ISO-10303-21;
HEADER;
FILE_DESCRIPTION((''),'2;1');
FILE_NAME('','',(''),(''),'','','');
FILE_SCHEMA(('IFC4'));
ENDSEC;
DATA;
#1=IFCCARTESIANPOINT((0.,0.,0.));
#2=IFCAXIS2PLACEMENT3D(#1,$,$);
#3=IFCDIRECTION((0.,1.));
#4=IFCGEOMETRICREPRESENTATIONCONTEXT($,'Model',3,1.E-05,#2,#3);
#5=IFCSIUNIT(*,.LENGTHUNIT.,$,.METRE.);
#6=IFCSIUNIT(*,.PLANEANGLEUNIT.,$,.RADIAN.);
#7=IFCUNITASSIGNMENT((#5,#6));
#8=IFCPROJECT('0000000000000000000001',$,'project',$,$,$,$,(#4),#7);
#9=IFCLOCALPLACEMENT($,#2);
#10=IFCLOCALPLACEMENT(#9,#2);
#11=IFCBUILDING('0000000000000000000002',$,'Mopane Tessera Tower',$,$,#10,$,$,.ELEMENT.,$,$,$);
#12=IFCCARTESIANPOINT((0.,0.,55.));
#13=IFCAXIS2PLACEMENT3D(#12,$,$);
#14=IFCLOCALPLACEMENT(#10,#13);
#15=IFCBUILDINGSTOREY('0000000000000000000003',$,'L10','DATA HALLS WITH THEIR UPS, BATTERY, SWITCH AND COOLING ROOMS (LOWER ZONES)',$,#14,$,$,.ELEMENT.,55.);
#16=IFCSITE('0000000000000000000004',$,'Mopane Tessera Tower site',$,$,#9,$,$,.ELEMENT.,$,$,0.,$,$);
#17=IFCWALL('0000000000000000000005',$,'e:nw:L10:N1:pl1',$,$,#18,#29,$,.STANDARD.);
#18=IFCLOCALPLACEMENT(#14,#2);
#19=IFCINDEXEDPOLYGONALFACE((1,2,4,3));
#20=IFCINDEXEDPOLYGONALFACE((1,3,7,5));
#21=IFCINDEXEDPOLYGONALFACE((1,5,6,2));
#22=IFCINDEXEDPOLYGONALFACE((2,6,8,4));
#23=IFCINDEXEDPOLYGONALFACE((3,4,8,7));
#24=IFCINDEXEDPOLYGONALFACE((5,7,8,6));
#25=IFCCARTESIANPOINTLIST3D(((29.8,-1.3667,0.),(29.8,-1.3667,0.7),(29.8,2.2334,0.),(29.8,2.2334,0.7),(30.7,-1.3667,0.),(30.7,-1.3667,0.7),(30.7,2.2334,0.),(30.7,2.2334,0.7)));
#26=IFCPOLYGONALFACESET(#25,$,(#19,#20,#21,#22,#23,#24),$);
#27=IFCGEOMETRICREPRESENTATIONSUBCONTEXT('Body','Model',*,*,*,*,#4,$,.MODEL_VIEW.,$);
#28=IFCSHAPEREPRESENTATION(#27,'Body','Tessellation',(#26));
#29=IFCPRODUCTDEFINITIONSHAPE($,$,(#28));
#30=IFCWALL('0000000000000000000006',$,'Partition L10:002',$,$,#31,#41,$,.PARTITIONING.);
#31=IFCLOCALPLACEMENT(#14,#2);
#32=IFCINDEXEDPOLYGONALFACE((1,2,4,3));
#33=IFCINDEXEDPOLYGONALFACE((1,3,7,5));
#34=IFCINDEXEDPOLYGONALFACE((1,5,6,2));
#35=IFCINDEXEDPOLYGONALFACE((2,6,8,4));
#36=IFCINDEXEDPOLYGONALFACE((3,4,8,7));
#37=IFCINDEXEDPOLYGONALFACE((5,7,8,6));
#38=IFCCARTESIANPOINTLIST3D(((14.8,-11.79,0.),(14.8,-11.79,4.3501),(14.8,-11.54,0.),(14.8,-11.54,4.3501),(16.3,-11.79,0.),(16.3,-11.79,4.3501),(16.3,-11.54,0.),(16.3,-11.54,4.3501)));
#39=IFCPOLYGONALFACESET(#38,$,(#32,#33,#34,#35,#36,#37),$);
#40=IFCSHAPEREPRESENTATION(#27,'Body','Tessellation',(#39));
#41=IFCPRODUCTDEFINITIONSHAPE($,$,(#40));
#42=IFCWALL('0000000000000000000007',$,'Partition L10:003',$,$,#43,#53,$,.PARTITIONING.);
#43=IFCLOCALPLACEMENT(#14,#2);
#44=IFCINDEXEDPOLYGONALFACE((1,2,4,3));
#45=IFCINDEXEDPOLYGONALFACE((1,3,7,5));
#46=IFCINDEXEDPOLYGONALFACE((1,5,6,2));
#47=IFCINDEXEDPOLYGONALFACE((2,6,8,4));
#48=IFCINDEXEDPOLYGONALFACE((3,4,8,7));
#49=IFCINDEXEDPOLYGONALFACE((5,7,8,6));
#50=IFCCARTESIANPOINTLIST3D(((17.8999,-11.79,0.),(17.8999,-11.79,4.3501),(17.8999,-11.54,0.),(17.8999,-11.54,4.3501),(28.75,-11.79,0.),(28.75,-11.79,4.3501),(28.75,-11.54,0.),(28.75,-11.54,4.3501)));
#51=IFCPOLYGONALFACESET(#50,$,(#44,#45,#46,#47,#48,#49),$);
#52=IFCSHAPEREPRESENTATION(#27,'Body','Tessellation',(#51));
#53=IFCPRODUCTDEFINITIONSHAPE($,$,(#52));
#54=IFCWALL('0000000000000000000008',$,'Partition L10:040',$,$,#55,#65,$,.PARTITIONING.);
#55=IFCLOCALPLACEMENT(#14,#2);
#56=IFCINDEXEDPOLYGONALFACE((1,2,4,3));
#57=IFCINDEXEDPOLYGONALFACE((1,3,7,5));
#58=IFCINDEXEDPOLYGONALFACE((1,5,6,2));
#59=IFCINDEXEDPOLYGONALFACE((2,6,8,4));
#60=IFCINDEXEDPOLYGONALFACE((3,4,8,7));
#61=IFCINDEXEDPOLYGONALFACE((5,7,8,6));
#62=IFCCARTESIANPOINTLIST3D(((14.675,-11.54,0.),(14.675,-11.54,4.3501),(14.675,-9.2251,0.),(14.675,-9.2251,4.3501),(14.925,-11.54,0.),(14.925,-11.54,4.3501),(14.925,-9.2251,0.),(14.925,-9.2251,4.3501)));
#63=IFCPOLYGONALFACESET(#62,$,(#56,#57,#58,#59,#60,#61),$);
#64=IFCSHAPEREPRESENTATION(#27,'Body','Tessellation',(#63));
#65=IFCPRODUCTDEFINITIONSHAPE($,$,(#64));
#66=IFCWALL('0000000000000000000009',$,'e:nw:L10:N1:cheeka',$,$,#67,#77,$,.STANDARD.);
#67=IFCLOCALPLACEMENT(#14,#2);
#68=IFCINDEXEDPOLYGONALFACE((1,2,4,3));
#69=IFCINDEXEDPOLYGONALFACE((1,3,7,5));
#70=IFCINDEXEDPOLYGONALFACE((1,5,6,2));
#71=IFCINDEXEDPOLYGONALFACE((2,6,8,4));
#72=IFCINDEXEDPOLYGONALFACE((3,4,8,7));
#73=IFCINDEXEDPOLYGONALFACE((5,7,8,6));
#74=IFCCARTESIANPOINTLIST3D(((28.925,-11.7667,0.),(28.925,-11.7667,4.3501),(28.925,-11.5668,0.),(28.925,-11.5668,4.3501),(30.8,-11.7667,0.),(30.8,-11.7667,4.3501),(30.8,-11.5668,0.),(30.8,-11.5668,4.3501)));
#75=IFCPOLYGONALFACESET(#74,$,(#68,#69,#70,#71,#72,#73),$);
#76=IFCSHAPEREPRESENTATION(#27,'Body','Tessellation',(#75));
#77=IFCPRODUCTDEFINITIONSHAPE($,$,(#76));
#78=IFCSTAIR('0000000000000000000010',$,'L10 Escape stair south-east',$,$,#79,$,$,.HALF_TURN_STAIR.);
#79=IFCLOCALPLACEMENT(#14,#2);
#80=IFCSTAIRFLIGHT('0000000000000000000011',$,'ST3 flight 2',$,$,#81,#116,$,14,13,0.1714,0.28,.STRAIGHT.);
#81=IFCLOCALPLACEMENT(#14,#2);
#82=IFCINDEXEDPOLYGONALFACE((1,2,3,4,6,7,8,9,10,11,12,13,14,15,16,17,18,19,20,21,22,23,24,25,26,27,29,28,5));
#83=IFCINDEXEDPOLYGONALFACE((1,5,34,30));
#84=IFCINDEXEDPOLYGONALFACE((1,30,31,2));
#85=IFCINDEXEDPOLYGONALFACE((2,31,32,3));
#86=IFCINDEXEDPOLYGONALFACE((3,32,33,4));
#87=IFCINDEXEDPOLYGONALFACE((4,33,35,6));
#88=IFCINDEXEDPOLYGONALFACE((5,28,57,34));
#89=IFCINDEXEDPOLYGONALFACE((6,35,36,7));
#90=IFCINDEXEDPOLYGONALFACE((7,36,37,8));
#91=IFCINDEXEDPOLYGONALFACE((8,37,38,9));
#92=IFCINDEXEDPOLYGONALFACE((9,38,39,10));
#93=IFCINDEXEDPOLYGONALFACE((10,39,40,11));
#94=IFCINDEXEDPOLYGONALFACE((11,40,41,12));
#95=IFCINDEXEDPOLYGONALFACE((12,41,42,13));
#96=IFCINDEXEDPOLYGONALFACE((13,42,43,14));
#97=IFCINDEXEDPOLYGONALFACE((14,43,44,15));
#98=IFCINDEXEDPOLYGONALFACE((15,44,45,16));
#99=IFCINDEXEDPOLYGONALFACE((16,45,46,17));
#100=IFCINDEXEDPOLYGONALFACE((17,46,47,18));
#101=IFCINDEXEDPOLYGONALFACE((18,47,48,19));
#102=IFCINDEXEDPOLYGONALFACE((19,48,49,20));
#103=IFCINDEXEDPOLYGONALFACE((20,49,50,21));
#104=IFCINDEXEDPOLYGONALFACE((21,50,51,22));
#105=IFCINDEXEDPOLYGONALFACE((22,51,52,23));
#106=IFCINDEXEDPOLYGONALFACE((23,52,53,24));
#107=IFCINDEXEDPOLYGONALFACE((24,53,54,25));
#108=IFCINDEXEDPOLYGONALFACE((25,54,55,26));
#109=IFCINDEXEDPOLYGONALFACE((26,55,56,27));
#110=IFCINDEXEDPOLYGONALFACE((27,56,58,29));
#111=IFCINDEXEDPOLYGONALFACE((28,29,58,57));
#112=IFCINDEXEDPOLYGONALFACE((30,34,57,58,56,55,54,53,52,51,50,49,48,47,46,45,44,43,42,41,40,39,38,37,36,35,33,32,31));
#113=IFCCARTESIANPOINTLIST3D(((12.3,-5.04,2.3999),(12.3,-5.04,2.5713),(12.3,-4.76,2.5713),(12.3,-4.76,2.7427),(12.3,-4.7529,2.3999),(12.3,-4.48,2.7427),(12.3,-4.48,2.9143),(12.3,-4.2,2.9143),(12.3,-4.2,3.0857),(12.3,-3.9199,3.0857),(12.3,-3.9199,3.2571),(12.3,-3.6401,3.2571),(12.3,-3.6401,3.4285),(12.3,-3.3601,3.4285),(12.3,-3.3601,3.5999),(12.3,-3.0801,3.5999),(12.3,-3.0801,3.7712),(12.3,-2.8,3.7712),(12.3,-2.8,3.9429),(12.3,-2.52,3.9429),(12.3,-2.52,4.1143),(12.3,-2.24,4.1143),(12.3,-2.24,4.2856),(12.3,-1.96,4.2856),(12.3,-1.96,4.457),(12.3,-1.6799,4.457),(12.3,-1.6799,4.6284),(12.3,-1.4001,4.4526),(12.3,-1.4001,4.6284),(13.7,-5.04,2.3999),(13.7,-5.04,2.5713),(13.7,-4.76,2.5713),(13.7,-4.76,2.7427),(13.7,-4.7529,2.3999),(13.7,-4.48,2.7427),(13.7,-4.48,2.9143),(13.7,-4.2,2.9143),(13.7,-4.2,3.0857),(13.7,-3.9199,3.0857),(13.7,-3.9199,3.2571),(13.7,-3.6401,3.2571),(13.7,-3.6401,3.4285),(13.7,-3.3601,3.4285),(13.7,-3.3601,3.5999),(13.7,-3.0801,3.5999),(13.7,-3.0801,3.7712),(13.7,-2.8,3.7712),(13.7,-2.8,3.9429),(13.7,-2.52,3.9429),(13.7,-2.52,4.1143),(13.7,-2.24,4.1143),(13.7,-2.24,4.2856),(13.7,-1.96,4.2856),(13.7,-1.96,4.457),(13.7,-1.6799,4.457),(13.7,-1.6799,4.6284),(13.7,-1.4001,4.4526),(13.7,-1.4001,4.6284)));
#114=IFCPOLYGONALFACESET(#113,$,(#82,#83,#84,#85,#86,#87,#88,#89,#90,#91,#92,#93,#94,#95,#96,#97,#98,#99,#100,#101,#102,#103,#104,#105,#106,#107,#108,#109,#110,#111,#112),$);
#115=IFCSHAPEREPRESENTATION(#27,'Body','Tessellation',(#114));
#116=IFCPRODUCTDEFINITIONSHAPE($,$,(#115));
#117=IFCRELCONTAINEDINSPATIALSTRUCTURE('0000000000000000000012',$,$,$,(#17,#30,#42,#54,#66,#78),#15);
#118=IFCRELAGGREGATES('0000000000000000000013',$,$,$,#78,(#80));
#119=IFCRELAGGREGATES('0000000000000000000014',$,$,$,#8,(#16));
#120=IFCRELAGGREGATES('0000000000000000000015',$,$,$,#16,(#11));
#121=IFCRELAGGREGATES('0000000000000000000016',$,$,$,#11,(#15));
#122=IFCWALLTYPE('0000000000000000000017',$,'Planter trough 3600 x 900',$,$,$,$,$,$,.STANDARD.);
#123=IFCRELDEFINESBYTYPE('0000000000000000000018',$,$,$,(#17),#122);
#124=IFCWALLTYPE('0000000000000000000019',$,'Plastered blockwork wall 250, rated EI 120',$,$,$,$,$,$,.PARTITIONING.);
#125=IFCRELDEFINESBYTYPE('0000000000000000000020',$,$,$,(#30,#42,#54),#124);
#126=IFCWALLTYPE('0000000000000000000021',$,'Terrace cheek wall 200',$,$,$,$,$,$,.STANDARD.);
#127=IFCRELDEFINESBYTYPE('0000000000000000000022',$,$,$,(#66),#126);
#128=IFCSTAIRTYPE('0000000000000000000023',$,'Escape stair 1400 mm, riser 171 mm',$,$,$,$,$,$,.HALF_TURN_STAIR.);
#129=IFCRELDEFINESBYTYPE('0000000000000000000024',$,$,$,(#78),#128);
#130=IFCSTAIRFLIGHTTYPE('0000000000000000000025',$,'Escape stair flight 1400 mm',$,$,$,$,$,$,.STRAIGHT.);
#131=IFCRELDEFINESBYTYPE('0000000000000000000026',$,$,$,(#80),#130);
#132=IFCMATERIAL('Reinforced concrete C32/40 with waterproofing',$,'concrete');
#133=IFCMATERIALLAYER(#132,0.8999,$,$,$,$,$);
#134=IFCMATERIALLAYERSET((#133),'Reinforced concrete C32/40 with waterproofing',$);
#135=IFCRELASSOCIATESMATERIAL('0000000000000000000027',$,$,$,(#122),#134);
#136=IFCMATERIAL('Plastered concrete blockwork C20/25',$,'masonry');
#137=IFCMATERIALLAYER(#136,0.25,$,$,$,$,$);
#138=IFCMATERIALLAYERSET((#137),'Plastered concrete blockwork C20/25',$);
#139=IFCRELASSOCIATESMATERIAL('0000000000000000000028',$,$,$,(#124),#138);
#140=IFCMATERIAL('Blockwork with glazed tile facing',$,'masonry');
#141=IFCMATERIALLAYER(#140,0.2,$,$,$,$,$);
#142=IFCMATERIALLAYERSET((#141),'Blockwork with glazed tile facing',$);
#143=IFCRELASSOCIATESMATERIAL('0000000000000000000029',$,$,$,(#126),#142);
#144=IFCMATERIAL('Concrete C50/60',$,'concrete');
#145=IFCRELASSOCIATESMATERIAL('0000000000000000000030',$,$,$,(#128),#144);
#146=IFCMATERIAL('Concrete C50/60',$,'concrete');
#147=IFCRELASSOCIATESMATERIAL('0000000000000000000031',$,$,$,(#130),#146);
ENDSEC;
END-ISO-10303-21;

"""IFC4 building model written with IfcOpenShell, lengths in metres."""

from ifc_helpers import new_model, si_unit, direction, frame, frame_2d, origin, place, context, subcontext, project, spatial, polyline, rectangle, outline, extrude, material, layer, layer_set, type_object, element, aggregate, save


model = new_model("IFC4")

# Units and contexts
model_context = context("Model", 3, precision=1e-05, world=origin(), true_north=direction((0.0, 1.0)))
body_context = subcontext(model_context, "Body", "Model", "MODEL_VIEW")
ifc_project = project(units=[si_unit("LENGTHUNIT", "METRE"), si_unit("PLANEANGLEUNIT", "RADIAN")], contexts=[model_context])

# Site, building, storey
site_placement = place(None, origin())
site = spatial("IfcSite", under=ifc_project, at=site_placement, Name="Mopane Tessera Tower site", CompositionType="ELEMENT", RefElevation=0.0)
building_placement = place(site_placement, origin())
building = spatial("IfcBuilding", under=site, at=building_placement, Name="Mopane Tessera Tower", CompositionType="ELEMENT")
storey_placement = place(building_placement, frame((0.0, 0.0, 55.0)))
storey = spatial("IfcBuildingStorey", under=building, at=storey_placement, Name="L10", Description="DATA HALLS WITH THEIR UPS, BATTERY, SWITCH AND COOLING ROOMS (LOWER ZONES)", CompositionType="ELEMENT", Elevation=55.0)

# Walls
ifc_material_1 = material(Name="Reinforced concrete C32/40 with waterproofing", Category="concrete")
ifc_layer_1 = layer(ifc_material_1, 0.8999)
ifc_layer_set_1 = layer_set([ifc_layer_1], Name="Reinforced concrete C32/40 with waterproofing")
wall_type_1 = type_object("IfcWallType", Name="Planter trough 3600 x 900", PredefinedType="STANDARD", material=ifc_layer_set_1)
for number, where, z_axis, x_axis, name in (
    (1, (30.25, -1.3667, 0.0), (0.0, 0.0, 1.0), (0.0, 1.0, 0.0), "e:nw:L10:N1:pl1"),
):
    element("IfcWall", number, at=place(storey_placement, frame(where, z_axis=z_axis, x_axis=x_axis)), inside=storey, type_object=wall_type_1, Name=name, PredefinedType="STANDARD", context=body_context, shape_type="SweptSolid", body=[
        extrude(rectangle(XDim=3.6001, YDim=0.8999, at=frame_2d((1.8, 0.0))), origin(), (0.0, 0.0, 1.0), 0.7),
    ])
ifc_material_2 = material(Name="Plastered concrete blockwork C20/25", Category="masonry")
ifc_layer_2 = layer(ifc_material_2, 0.25)
ifc_layer_set_2 = layer_set([ifc_layer_2], Name="Plastered concrete blockwork C20/25")
wall_type_2 = type_object("IfcWallType", Name="Plastered blockwork wall 250, rated EI 120", PredefinedType="PARTITIONING", material=ifc_layer_set_2)
wall_1_placement = place(storey_placement, frame((14.8, -11.665, 0.0), z_axis=(0.0, 0.0, 1.0), x_axis=(1.0, 0.0, 0.0)))
element("IfcWall", 2, at=wall_1_placement, inside=storey, type_object=wall_type_2, Name="Partition L10:002", PredefinedType="PARTITIONING", context=body_context, shape_type="SweptSolid", body=[
    extrude(rectangle(XDim=1.5, YDim=0.25, at=frame_2d((0.75, 0.0))), origin(), (0.0, 0.0, 1.0), 4.3501),
])
wall_2_placement = place(storey_placement, frame((17.8999, -11.665, 0.0), z_axis=(0.0, 0.0, 1.0), x_axis=(1.0, 0.0, 0.0)))
element("IfcWall", 3, at=wall_2_placement, inside=storey, type_object=wall_type_2, Name="Partition L10:003", PredefinedType="PARTITIONING", context=body_context, shape_type="SweptSolid", body=[
    extrude(rectangle(XDim=10.8501, YDim=0.25, at=frame_2d((5.425, 0.0))), origin(), (0.0, 0.0, 1.0), 4.3501),
])
wall_3_placement = place(storey_placement, frame((14.8, -11.54, 0.0), z_axis=(0.0, 0.0, 1.0), x_axis=(0.0, 1.0, 0.0)))
element("IfcWall", 4, at=wall_3_placement, inside=storey, type_object=wall_type_2, Name="Partition L10:040", PredefinedType="PARTITIONING", context=body_context, shape_type="SweptSolid", body=[
    extrude(rectangle(XDim=2.3149, YDim=0.25, at=frame_2d((1.1575, 0.0))), origin(), (0.0, 0.0, 1.0), 4.3501),
])
ifc_material_3 = material(Name="Blockwork with glazed tile facing", Category="masonry")
ifc_layer_3 = layer(ifc_material_3, 0.2)
ifc_layer_set_3 = layer_set([ifc_layer_3], Name="Blockwork with glazed tile facing")
wall_type_3 = type_object("IfcWallType", Name="Terrace cheek wall 200", PredefinedType="STANDARD", material=ifc_layer_set_3)
wall_4_placement = place(storey_placement, frame((30.8, -11.6667, 0.0), z_axis=(0.0, 0.0, 1.0), x_axis=(-1.0, 0.0, 0.0)))
element("IfcWall", 5, at=wall_4_placement, inside=storey, type_object=wall_type_3, Name="e:nw:L10:N1:cheeka", PredefinedType="STANDARD", context=body_context, shape_type="SweptSolid", body=[
    extrude(rectangle(XDim=1.875, YDim=0.2, at=frame_2d((0.9375, 0.0))), origin(), (0.0, 0.0, 1.0), 4.3501),
])

# Stair, stair flight
ifc_material_4 = material(Name="Concrete C50/60", Category="concrete")
stair_type = type_object("IfcStairType", Name="Escape stair 1400 mm, riser 171 mm", PredefinedType="HALF_TURN_STAIR", material=ifc_material_4)
stair_placement = place(storey_placement, origin())
stair = element("IfcStair", 6, at=stair_placement, inside=storey, type_object=stair_type, Name="L10 Escape stair south-east", PredefinedType="HALF_TURN_STAIR")
ifc_material_5 = material(Name="Concrete C50/60", Category="concrete")
stair_flight_type = type_object("IfcStairFlightType", Name="Escape stair flight 1400 mm", PredefinedType="STRAIGHT", material=ifc_material_5)
stair_flight_placement = place(storey_placement, frame((13.0, -5.04, 2.3999), z_axis=(0.0, 0.0, 1.0), x_axis=(0.0, 1.0, 0.0)))
stair_flight = element("IfcStairFlight", 7, at=stair_flight_placement, type_object=stair_flight_type, Name="ST3 flight 2", NumberOfRisers=14, NumberOfTreads=13, PredefinedType="STRAIGHT", RiserHeight=0.1714, TreadLength=0.28, context=body_context, shape_type="SweptSolid", body=[
    extrude(outline(polyline([(0.0, 0.0), (0.0, 0.1714), (0.28, 0.1714), (0.28, 0.3428), (0.5601, 0.3428), (0.5601, 0.5144), (0.8401, 0.5144), (0.8401, 0.6858), (1.1201, 0.6858), (1.1201, 0.8572), (1.3999, 0.8572), (1.3999, 1.0286), (1.6799, 1.0286), (1.6799, 1.2), (1.96, 1.2), (1.96, 1.3713), (2.24, 1.3713), (2.24, 1.543), (2.52, 1.543), (2.52, 1.7144), (2.8, 1.7144), (2.8, 1.8857), (3.0801, 1.8857), (3.0801, 2.0571), (3.3601, 2.0571), (3.3601, 2.2285), (3.6399, 2.2285), (3.6399, 2.3999), (3.6399, 2.0527), (0.2871, 0.0), (0.0, 0.0)])), frame((0.0, 0.7, 0.0), z_axis=(0.0, -1.0, 0.0), x_axis=(1.0, 0.0, 0.0)), (0.0, 0.0, 1.0), 1.3999),
])
aggregate(stair, [stair_flight])

save(model, "model.ifc")
